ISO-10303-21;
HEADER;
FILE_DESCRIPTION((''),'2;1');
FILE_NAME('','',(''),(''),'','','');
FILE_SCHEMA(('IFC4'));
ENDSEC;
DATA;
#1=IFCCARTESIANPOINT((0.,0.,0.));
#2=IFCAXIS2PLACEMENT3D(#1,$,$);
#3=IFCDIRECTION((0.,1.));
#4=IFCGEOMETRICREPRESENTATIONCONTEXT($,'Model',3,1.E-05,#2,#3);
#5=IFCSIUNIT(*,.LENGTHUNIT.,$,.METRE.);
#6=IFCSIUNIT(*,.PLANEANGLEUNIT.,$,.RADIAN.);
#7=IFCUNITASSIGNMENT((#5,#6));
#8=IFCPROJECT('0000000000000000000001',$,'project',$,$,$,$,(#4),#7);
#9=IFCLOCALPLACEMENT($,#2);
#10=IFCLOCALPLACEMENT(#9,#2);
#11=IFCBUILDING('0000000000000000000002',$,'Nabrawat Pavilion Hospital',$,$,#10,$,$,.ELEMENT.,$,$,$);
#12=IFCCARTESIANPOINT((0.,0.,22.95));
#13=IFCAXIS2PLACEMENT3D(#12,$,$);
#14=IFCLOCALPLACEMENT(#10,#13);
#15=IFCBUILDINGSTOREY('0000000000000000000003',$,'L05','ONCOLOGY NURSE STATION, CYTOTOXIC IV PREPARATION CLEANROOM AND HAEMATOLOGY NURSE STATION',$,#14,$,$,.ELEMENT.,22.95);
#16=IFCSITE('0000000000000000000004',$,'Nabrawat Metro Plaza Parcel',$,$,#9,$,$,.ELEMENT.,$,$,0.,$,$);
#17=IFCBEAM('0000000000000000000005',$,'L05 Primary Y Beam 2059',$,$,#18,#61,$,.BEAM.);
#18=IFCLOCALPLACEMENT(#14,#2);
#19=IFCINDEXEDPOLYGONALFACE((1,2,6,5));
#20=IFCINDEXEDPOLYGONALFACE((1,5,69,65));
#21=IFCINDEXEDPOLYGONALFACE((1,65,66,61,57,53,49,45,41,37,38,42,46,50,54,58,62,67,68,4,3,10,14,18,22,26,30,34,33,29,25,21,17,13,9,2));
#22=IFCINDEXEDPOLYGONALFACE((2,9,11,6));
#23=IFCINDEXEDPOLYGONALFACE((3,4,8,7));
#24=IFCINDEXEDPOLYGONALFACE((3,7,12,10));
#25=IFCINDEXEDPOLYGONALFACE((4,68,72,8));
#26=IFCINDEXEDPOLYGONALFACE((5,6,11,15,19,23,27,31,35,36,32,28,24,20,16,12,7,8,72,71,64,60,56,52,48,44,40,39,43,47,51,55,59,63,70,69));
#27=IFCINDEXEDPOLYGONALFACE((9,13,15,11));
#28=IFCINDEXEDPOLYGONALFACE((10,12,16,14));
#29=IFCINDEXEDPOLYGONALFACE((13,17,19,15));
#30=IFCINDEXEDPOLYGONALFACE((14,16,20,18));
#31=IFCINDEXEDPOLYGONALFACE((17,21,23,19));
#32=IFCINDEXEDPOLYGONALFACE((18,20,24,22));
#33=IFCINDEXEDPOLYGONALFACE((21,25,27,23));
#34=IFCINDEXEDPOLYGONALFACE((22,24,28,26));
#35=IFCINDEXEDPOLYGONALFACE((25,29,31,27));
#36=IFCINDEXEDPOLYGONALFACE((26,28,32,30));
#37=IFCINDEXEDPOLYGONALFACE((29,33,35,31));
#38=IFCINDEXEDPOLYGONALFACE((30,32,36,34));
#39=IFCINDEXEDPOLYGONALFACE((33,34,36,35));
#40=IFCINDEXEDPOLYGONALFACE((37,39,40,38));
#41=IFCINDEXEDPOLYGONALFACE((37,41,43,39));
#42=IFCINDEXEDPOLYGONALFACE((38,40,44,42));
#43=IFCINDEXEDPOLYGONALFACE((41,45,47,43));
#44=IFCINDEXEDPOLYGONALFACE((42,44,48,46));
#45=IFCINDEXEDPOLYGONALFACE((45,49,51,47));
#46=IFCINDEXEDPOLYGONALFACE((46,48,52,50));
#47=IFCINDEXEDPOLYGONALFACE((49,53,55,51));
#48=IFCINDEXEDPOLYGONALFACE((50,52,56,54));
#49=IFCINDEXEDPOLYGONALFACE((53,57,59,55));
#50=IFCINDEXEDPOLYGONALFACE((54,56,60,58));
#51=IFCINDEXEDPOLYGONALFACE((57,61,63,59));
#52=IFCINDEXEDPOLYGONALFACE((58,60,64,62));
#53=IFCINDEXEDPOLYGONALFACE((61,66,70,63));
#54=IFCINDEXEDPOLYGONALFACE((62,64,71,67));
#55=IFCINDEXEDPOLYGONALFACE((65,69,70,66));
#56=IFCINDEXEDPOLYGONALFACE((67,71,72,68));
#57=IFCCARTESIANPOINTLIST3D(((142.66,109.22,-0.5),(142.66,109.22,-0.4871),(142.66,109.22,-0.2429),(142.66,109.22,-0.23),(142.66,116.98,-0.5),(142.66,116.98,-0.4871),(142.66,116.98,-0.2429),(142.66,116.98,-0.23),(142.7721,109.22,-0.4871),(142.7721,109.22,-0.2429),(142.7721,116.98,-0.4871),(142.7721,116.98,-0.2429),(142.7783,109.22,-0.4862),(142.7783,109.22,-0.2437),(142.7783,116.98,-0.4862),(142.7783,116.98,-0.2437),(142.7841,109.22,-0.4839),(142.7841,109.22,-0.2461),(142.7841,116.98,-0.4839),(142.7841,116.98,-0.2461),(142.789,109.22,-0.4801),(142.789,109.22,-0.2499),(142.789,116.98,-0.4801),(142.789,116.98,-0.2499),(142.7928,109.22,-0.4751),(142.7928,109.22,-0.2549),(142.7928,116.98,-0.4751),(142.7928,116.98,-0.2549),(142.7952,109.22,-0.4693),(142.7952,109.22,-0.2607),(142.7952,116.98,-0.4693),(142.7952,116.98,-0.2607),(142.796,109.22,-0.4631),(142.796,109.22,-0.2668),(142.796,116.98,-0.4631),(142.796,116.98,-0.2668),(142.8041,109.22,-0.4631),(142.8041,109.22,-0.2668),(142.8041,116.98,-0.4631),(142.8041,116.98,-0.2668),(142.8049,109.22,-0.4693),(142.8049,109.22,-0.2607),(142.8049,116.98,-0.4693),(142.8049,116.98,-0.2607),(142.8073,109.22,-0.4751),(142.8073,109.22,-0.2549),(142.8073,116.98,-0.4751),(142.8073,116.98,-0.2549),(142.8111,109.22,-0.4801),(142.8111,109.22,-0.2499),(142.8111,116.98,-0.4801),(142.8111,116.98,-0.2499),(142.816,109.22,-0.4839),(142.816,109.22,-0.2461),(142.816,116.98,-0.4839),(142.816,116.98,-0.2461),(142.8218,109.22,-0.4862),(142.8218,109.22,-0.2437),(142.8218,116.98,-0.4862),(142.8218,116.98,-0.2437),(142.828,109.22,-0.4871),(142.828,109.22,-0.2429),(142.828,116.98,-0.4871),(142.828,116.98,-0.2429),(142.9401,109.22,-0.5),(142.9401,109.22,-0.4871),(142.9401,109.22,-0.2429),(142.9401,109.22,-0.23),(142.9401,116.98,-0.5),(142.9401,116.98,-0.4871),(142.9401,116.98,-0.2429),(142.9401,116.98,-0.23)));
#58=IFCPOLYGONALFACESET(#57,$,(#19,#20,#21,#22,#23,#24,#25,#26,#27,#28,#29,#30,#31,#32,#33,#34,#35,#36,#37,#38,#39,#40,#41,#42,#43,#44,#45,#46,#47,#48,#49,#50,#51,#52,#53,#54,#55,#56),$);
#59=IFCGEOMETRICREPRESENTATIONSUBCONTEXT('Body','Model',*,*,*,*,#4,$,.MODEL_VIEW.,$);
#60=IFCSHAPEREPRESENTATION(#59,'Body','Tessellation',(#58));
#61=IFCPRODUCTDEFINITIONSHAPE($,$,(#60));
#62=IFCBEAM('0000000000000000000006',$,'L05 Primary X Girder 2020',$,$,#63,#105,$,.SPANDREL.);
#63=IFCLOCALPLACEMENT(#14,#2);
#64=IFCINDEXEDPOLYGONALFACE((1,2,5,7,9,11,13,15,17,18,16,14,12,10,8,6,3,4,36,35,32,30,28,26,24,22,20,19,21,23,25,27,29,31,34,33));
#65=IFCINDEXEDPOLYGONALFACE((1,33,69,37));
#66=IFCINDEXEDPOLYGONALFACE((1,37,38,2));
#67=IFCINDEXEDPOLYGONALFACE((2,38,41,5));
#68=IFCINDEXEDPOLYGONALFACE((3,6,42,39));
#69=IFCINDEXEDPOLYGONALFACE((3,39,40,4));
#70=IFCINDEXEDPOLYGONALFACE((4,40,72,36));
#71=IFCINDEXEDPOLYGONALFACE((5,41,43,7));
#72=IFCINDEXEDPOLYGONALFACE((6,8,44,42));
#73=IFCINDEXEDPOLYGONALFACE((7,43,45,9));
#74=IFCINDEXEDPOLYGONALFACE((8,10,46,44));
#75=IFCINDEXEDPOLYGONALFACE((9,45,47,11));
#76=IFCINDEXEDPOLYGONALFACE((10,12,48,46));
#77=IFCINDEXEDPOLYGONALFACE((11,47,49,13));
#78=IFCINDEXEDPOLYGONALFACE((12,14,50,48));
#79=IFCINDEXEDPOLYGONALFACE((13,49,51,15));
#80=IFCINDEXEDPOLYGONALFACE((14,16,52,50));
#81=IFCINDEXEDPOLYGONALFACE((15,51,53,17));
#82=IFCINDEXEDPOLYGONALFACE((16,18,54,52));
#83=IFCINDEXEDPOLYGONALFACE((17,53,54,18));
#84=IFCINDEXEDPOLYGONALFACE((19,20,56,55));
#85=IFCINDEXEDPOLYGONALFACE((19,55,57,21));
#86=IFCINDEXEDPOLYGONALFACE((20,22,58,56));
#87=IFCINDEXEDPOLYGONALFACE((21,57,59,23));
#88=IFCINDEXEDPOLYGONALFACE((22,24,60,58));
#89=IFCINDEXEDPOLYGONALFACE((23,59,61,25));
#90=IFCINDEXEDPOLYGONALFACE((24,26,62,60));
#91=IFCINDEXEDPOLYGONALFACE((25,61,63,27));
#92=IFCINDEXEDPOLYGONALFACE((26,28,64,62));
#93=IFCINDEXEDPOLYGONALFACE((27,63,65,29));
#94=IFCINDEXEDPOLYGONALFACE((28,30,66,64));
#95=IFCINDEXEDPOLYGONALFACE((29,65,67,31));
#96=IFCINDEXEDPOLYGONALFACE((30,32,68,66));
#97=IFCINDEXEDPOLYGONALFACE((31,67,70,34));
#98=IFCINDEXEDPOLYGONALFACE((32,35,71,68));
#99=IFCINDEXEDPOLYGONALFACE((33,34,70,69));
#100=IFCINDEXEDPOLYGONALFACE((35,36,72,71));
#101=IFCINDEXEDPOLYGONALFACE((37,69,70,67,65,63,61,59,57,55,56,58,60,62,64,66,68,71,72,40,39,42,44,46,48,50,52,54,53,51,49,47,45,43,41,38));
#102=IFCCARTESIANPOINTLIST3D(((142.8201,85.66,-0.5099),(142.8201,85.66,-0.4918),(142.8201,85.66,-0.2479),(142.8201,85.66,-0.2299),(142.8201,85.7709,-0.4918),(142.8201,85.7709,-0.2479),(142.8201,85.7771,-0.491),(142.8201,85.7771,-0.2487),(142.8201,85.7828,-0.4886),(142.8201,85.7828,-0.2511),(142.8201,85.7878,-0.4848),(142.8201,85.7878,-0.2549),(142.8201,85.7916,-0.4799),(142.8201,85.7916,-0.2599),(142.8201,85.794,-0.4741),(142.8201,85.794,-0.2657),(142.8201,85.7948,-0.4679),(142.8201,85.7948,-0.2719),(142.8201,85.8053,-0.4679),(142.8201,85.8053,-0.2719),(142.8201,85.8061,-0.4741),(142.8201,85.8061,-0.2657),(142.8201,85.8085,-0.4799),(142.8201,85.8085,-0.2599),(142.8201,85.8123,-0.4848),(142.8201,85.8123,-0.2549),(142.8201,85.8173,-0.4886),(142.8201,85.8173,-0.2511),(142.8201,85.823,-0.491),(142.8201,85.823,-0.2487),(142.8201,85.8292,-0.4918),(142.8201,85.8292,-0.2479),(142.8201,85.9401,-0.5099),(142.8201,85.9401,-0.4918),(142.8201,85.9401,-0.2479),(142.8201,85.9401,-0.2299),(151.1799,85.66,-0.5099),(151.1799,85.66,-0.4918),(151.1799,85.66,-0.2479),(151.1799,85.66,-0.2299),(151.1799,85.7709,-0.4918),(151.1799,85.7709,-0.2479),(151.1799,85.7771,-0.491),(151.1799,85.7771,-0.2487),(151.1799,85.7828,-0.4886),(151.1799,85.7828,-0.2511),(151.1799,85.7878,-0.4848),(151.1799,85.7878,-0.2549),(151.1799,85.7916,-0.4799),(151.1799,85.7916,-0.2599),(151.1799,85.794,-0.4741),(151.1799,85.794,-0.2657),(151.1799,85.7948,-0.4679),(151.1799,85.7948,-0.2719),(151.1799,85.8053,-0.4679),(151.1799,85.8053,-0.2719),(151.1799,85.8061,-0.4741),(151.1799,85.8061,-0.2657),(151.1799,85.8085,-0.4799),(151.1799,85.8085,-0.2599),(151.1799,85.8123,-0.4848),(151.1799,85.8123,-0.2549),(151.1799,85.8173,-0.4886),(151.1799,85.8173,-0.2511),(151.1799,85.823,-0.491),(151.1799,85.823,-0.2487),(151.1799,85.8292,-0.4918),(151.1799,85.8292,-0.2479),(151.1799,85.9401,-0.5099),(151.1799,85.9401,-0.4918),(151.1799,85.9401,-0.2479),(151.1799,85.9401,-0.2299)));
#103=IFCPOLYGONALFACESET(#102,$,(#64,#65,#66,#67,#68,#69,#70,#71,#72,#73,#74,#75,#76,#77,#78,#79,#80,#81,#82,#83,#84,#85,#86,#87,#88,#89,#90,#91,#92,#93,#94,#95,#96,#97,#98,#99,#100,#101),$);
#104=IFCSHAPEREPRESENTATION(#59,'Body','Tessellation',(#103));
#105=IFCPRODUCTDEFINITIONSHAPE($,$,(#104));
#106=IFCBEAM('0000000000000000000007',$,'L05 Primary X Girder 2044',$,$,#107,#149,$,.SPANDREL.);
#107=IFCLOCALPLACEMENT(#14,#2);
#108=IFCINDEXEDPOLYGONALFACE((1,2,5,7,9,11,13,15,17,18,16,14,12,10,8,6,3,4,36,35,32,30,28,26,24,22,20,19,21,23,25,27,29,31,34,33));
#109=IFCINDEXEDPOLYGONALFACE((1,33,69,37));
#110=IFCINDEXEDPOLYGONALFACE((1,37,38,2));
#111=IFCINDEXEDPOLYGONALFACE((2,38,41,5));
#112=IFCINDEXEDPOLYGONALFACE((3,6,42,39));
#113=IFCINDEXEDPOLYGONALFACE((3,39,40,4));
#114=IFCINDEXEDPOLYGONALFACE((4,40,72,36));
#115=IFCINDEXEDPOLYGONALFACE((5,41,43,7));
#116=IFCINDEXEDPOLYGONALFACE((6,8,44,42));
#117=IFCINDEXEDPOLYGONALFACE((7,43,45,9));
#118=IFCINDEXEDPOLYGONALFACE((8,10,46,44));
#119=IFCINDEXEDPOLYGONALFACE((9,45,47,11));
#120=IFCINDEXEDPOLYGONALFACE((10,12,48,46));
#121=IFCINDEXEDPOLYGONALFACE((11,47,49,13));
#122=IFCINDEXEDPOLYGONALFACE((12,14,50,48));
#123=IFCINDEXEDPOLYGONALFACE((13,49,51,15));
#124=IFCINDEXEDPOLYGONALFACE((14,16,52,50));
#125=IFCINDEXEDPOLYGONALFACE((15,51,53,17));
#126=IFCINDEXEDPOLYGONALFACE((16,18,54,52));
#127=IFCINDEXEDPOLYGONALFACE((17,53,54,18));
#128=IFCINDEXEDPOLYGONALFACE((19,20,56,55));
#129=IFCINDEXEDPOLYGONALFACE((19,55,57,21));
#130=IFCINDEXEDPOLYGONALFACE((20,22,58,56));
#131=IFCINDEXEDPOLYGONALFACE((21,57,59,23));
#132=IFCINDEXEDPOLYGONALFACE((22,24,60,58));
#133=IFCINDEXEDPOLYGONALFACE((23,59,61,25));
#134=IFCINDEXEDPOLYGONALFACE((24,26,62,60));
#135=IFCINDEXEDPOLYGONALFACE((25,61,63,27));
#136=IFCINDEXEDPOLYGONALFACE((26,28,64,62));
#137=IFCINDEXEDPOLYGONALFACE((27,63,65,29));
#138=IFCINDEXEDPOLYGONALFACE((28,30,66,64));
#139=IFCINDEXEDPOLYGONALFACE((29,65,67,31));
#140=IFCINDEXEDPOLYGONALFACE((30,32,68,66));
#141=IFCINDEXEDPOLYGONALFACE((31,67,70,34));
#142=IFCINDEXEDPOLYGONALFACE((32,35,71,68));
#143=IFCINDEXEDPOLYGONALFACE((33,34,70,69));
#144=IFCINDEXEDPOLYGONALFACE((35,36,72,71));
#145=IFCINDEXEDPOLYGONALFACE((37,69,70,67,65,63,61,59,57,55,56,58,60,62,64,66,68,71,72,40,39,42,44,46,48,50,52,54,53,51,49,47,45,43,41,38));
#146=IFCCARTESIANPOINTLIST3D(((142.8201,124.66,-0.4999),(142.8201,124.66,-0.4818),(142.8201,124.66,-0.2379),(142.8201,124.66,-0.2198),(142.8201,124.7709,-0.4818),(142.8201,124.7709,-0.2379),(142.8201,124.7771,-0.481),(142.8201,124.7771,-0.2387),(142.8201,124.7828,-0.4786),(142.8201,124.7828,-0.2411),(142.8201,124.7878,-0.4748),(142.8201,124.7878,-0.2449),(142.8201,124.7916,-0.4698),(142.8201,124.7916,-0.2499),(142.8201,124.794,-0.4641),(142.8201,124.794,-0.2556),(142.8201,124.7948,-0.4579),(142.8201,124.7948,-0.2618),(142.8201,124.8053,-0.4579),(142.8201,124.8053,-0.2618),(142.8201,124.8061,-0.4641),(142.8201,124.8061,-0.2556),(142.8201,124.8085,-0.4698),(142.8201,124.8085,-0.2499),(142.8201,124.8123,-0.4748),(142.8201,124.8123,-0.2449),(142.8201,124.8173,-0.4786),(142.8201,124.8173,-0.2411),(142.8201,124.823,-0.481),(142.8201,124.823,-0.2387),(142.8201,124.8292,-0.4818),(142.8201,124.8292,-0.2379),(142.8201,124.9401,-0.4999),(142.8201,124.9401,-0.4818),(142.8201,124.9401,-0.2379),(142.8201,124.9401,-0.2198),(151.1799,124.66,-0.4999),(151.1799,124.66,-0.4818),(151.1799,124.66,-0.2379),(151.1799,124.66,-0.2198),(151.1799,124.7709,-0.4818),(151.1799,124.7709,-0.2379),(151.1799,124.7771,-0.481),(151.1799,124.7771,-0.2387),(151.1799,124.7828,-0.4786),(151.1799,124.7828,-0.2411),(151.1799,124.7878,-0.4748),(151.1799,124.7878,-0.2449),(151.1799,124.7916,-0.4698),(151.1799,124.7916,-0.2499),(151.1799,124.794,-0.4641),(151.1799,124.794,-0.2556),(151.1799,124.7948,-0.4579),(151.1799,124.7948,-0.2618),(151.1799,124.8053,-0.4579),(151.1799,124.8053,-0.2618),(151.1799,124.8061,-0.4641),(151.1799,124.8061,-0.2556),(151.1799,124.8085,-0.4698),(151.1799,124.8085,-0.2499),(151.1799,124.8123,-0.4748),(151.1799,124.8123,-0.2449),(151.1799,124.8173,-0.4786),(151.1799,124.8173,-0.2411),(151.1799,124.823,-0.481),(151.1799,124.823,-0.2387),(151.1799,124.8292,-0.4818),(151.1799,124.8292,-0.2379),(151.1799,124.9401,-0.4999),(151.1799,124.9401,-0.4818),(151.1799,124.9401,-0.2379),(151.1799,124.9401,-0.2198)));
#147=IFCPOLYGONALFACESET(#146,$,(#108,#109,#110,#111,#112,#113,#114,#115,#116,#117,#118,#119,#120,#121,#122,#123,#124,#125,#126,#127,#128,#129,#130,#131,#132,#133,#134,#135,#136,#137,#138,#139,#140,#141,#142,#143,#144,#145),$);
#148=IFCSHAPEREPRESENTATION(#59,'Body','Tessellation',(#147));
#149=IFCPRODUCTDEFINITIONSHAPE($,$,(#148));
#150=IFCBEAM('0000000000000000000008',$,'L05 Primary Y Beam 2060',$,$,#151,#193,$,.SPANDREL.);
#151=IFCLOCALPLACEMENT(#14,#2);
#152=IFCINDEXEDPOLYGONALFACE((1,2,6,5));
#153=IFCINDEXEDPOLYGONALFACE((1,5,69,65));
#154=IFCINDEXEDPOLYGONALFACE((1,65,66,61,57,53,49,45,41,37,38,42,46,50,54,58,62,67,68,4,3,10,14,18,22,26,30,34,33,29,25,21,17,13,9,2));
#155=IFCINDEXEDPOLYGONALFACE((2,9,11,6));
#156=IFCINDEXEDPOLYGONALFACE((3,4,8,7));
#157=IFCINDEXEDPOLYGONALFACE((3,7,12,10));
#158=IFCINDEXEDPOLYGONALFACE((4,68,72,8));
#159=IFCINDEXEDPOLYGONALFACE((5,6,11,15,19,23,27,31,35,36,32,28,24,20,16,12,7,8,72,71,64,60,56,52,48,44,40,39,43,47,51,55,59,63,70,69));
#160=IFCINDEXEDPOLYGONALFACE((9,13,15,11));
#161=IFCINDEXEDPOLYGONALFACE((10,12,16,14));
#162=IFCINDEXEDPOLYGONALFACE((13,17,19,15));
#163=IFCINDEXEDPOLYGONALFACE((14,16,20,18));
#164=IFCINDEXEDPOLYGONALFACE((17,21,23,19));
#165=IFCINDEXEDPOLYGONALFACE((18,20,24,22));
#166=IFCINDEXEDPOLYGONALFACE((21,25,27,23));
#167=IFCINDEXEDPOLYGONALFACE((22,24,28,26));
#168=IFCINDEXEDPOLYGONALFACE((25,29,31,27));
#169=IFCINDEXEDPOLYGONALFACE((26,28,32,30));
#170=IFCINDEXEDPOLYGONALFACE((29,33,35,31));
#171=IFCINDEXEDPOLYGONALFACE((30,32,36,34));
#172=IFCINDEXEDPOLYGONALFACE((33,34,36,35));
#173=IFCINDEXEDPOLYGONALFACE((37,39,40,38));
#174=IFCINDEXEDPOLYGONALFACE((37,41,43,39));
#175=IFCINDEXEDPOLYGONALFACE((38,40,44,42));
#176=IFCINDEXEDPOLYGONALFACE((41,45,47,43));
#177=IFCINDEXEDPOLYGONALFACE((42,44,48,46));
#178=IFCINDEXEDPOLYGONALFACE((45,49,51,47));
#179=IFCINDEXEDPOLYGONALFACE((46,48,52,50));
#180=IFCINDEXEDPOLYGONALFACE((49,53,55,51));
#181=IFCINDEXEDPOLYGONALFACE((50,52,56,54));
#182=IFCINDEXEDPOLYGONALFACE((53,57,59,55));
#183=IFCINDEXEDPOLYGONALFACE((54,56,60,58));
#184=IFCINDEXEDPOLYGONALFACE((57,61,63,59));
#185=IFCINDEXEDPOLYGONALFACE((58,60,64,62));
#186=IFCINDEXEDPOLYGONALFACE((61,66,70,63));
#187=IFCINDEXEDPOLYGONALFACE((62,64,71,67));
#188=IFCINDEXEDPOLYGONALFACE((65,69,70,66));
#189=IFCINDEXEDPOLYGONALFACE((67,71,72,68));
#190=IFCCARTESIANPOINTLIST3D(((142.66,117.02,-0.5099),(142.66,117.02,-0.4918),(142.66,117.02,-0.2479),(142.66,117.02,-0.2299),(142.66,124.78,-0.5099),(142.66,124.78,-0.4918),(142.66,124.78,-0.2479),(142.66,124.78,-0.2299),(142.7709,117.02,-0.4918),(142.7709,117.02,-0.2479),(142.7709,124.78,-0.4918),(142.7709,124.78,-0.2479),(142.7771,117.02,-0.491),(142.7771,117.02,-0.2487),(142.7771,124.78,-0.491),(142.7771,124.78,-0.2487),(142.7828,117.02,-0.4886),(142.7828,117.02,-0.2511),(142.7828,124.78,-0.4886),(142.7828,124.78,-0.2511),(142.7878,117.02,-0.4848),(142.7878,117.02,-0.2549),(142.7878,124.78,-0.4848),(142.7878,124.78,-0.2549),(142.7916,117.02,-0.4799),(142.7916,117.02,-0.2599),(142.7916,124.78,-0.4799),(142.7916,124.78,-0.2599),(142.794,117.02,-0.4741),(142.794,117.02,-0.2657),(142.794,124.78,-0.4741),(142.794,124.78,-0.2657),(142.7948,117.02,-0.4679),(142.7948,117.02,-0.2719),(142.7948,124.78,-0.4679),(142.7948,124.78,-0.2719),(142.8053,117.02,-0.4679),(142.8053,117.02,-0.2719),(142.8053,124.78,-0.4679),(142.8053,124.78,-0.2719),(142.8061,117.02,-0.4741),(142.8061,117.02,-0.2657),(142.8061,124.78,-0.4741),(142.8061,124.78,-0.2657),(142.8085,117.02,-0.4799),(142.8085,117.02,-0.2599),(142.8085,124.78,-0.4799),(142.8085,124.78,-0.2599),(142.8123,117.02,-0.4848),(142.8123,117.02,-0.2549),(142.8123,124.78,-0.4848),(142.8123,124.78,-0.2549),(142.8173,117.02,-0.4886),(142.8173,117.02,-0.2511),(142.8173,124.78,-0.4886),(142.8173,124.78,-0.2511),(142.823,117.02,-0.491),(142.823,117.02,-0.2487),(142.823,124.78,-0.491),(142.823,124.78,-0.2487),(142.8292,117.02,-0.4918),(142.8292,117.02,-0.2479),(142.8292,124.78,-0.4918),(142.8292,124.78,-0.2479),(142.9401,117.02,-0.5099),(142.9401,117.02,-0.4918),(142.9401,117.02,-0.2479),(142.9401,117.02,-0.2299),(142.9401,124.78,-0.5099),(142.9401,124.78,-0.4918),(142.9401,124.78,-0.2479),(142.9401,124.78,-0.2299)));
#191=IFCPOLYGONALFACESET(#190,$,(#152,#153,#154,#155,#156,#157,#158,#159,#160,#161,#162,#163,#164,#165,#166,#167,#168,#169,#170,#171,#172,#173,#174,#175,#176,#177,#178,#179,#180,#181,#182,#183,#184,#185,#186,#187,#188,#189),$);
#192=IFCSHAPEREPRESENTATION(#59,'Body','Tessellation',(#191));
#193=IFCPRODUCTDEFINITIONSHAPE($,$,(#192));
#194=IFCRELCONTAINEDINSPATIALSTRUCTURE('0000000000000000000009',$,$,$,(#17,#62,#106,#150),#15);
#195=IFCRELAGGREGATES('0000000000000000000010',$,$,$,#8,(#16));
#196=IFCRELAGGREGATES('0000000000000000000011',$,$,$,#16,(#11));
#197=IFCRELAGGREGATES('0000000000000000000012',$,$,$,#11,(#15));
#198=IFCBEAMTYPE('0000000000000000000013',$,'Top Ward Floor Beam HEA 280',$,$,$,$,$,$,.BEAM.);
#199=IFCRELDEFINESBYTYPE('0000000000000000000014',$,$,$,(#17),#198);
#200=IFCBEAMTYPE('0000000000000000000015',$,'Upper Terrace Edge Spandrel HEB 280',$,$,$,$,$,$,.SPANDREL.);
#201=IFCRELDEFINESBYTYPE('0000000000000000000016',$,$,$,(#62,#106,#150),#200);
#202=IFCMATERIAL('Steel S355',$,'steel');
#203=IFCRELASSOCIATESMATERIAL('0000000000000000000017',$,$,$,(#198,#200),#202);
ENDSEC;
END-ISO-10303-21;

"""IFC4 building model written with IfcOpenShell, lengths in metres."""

from ifc_helpers import new_model, si_unit, direction, frame, origin, origin_2d, place, context, subcontext, project, spatial, i_section, extrude, material, material_profile, profile_set, type_object, element, save


model = new_model("IFC4")

# Units and contexts
model_context = context("Model", 3, precision=1e-05, world=origin(), true_north=direction((0.0, 1.0)))
body_context = subcontext(model_context, "Body", "Model", "MODEL_VIEW")
ifc_project = project(units=[si_unit("LENGTHUNIT", "METRE"), si_unit("PLANEANGLEUNIT", "RADIAN")], contexts=[model_context])

# Site, building, storey
site_placement = place(None, origin())
site = spatial("IfcSite", under=ifc_project, at=site_placement, Name="Nabrawat Metro Plaza Parcel", CompositionType="ELEMENT", RefElevation=0.0)
building_placement = place(site_placement, origin())
building = spatial("IfcBuilding", under=site, at=building_placement, Name="Nabrawat Pavilion Hospital", CompositionType="ELEMENT")
storey_placement = place(building_placement, frame((0.0, 0.0, 22.95)))
storey = spatial("IfcBuildingStorey", under=building, at=storey_placement, Name="L05", Description="ONCOLOGY NURSE STATION, CYTOTOXIC IV PREPARATION CLEANROOM AND HAEMATOLOGY NURSE STATION", CompositionType="ELEMENT", Elevation=22.95)

# Shared definitions
ifc_material_1 = material(Name="Steel S355", Category="steel")

# Beams
ifc_material_profile_1 = material_profile(ifc_material_1, i_section(OverallWidth=0.28, OverallDepth=0.27, WebThickness=0.0081, FlangeThickness=0.0129, FilletRadius=0.0239, at=origin_2d()), Name="HEA 280")
ifc_profile_set_1 = profile_set([ifc_material_profile_1], Name="Steel S355")
beam_type_1 = type_object("IfcBeamType", Name="Top Ward Floor Beam HEA 280", PredefinedType="BEAM", material=ifc_profile_set_1)
for number, where, z_axis, x_axis, name in (
    (1, (142.8, 109.22, -0.365), (0.0, 1.0, 0.0), (-1.0, 0.0, 0.0), "L05 Primary Y Beam 2059"),
):
    element("IfcBeam", number, at=place(storey_placement, frame(where, z_axis=z_axis, x_axis=x_axis)), inside=storey, type_object=beam_type_1, Name=name, PredefinedType="BEAM", context=body_context, shape_type="SweptSolid", body=[
        extrude(i_section(OverallWidth=0.28, OverallDepth=0.27, WebThickness=0.0081, FlangeThickness=0.0129, FilletRadius=0.0239, at=origin_2d()), origin(), (0.0, 0.0, 1.0), 7.76),
    ])
ifc_material_profile_2 = material_profile(ifc_material_1, i_section(OverallWidth=0.28, OverallDepth=0.28, WebThickness=0.0105, FlangeThickness=0.0181, FilletRadius=0.0239, at=origin_2d()), Name="HEB 280")
ifc_profile_set_2 = profile_set([ifc_material_profile_2], Name="Steel S355")
beam_type_2 = type_object("IfcBeamType", Name="Upper Terrace Edge Spandrel HEB 280", PredefinedType="SPANDREL", material=ifc_profile_set_2)
for number, where, z_axis, x_axis, name in (
    (2, (142.8201, 85.8, -0.3699), (1.0, 0.0, 0.0), (0.0, 1.0, 0.0), "L05 Primary X Girder 2020"),
    (3, (142.8201, 124.8, -0.3599), (1.0, 0.0, 0.0), (0.0, 1.0, 0.0), "L05 Primary X Girder 2044"),
):
    element("IfcBeam", number, at=place(storey_placement, frame(where, z_axis=z_axis, x_axis=x_axis)), inside=storey, type_object=beam_type_2, Name=name, PredefinedType="SPANDREL", context=body_context, shape_type="SweptSolid", body=[
        extrude(i_section(OverallWidth=0.28, OverallDepth=0.28, WebThickness=0.0105, FlangeThickness=0.0181, FilletRadius=0.0239, at=origin_2d()), origin(), (0.0, 0.0, 1.0), 8.3599),
    ])
beam_1_placement = place(storey_placement, frame((142.8, 117.02, -0.3699), z_axis=(0.0, 1.0, 0.0), x_axis=(-1.0, 0.0, 0.0)))
element("IfcBeam", 4, at=beam_1_placement, inside=storey, type_object=beam_type_2, Name="L05 Primary Y Beam 2060", PredefinedType="SPANDREL", context=body_context, shape_type="SweptSolid", body=[
    extrude(i_section(OverallWidth=0.28, OverallDepth=0.28, WebThickness=0.0105, FlangeThickness=0.0181, FilletRadius=0.0239, at=origin_2d()), origin(), (0.0, 0.0, 1.0), 7.76),
])

save(model, "model.ifc")
